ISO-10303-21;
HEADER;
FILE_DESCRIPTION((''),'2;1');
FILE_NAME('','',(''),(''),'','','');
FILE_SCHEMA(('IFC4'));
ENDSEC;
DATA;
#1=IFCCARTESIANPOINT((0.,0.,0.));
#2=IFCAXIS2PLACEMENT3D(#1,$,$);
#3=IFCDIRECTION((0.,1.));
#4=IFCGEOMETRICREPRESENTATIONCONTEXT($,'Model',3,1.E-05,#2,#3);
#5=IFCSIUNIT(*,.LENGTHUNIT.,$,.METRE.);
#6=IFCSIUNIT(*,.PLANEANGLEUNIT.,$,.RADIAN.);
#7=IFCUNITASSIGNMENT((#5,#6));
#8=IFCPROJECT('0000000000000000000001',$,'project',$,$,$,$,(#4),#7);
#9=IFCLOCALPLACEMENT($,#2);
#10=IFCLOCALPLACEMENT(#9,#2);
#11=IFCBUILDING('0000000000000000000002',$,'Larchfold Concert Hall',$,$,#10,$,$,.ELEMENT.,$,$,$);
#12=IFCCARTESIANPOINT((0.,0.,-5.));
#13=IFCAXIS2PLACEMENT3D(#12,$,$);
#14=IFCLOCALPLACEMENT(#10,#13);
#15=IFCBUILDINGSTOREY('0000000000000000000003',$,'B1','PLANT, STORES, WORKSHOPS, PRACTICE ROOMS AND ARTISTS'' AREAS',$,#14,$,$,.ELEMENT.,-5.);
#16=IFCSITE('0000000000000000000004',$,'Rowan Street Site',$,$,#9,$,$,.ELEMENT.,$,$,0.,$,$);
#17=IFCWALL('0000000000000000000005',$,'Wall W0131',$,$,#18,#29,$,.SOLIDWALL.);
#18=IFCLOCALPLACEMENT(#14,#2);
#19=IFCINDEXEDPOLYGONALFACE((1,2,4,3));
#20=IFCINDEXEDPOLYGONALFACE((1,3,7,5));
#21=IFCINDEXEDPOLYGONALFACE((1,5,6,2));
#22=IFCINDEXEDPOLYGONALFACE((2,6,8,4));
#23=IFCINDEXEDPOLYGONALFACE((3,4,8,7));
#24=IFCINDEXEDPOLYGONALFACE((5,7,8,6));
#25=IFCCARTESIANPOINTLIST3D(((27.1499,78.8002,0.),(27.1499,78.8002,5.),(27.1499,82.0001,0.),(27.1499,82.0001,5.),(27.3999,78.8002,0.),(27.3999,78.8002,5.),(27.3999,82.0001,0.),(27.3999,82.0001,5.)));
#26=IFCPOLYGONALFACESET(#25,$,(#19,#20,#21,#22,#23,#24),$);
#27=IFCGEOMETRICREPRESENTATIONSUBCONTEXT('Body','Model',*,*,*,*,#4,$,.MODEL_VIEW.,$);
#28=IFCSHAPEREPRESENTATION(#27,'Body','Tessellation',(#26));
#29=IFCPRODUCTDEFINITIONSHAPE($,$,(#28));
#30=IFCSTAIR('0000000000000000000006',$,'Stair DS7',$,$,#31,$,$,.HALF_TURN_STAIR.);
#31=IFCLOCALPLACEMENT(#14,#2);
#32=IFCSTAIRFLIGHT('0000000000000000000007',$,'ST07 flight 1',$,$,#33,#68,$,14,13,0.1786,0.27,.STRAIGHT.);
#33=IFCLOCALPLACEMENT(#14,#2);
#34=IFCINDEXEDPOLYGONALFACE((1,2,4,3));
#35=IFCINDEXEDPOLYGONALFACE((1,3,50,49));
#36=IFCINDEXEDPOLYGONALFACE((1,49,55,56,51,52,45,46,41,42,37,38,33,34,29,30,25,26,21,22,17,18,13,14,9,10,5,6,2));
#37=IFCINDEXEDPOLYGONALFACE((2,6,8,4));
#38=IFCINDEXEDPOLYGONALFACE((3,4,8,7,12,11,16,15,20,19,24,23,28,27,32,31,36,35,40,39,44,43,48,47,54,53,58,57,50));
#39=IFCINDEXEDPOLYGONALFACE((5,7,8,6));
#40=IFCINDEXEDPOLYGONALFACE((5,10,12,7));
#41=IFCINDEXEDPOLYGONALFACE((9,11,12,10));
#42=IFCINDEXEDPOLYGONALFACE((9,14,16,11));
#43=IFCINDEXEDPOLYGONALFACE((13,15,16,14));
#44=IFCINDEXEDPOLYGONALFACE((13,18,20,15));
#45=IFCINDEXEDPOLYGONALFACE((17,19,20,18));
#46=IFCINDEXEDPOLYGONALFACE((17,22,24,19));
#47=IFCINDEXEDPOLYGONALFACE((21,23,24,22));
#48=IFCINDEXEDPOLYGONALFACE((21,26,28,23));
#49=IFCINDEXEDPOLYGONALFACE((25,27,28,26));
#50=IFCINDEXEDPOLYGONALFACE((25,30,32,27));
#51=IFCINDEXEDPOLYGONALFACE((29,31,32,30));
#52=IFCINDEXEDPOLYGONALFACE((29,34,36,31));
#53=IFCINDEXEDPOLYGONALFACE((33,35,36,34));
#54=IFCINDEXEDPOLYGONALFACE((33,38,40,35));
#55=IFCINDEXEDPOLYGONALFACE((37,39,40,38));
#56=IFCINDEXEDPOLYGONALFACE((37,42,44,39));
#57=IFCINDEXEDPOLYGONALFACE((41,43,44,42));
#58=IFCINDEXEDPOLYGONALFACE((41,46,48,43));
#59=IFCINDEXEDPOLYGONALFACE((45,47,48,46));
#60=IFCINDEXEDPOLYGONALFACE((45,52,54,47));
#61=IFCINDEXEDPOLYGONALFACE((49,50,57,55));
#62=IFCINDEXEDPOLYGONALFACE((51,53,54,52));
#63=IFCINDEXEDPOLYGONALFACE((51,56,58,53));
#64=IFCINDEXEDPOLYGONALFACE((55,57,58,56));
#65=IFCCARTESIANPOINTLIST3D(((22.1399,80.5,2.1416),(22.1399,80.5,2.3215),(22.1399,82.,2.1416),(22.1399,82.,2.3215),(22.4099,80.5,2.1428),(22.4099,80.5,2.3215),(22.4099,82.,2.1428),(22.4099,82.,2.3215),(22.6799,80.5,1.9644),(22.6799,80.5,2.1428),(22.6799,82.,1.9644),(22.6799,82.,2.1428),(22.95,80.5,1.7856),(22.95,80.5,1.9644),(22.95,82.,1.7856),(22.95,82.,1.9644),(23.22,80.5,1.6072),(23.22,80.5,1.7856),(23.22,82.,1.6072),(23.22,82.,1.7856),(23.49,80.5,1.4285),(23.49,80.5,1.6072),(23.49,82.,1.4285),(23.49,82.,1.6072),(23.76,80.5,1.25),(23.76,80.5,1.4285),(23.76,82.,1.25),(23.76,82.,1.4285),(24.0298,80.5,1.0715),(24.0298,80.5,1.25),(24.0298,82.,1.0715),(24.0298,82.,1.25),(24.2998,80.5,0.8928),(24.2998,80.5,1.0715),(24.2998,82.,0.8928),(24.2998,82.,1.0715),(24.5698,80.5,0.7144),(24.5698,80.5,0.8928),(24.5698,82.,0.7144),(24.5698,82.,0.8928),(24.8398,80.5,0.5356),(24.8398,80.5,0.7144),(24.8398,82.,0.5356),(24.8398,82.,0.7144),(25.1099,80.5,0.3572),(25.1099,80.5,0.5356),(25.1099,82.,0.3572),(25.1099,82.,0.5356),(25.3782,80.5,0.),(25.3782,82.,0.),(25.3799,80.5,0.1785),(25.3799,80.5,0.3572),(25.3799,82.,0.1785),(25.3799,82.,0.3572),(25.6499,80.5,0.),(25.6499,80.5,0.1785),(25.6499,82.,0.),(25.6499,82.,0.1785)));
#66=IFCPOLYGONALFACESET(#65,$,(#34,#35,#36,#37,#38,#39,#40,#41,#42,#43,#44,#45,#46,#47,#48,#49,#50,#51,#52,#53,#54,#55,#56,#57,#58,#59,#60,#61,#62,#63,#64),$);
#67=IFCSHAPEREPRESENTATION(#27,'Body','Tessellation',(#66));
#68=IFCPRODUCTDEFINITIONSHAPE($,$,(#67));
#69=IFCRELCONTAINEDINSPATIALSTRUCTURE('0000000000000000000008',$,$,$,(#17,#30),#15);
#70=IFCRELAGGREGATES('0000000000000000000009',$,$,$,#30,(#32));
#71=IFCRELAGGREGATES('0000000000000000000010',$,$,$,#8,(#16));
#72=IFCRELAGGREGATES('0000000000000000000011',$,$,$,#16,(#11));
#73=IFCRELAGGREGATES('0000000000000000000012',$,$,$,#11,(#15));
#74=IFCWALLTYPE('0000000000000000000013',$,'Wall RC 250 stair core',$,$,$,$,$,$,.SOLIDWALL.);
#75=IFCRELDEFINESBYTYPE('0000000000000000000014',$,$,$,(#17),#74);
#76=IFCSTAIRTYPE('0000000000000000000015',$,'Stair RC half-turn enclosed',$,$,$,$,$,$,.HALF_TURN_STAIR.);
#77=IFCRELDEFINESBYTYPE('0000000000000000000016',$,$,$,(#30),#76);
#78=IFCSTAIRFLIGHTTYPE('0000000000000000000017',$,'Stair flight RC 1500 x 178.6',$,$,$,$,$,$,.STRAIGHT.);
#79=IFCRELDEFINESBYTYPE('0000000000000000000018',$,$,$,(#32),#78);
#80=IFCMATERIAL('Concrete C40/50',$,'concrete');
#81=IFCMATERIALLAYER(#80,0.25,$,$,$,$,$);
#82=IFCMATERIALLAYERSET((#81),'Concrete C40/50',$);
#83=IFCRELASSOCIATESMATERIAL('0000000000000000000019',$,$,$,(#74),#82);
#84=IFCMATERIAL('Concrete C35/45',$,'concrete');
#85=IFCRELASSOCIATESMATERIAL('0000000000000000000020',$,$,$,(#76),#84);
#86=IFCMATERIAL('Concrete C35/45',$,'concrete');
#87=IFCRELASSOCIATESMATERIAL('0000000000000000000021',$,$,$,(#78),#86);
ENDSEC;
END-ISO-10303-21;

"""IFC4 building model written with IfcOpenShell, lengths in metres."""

from ifc_helpers import new_model, si_unit, direction, frame, frame_2d, origin, place, context, subcontext, project, spatial, polyline, rectangle, outline, extrude, material, layer, layer_set, type_object, element, aggregate, save


model = new_model("IFC4")

# Units and contexts
model_context = context("Model", 3, precision=1e-05, world=origin(), true_north=direction((0.0, 1.0)))
body_context = subcontext(model_context, "Body", "Model", "MODEL_VIEW")
ifc_project = project(units=[si_unit("LENGTHUNIT", "METRE"), si_unit("PLANEANGLEUNIT", "RADIAN")], contexts=[model_context])

# Site, building, storey
site_placement = place(None, origin())
site = spatial("IfcSite", under=ifc_project, at=site_placement, Name="Rowan Street Site", CompositionType="ELEMENT", RefElevation=0.0)
building_placement = place(site_placement, origin())
building = spatial("IfcBuilding", under=site, at=building_placement, Name="Larchfold Concert Hall", CompositionType="ELEMENT")
storey_placement = place(building_placement, frame((0.0, 0.0, -5.0)))
storey = spatial("IfcBuildingStorey", under=building, at=storey_placement, Name="B1", Description="PLANT, STORES, WORKSHOPS, PRACTICE ROOMS AND ARTISTS' AREAS", CompositionType="ELEMENT", Elevation=-5.0)

# Wall
ifc_material_1 = material(Name="Concrete C40/50", Category="concrete")
ifc_layer_1 = layer(ifc_material_1, 0.25)
ifc_layer_set_1 = layer_set([ifc_layer_1], Name="Concrete C40/50")
wall_type_1 = type_object("IfcWallType", Name="Wall RC 250 stair core", PredefinedType="SOLIDWALL", material=ifc_layer_set_1)
wall_1_placement = place(storey_placement, frame((27.2749, 78.8, 0.0), z_axis=(0.0, 0.0, 1.0), x_axis=(0.0, 1.0, 0.0)))
element("IfcWall", 1, at=wall_1_placement, inside=storey, type_object=wall_type_1, Name="Wall W0131", PredefinedType="SOLIDWALL", context=body_context, shape_type="SweptSolid", body=[
    extrude(rectangle(XDim=3.2, YDim=0.25, at=frame_2d((1.6001, 0.0))), origin(), (0.0, 0.0, 1.0), 5.0),
])

# Stair, stair flight
ifc_material_2 = material(Name="Concrete C35/45", Category="concrete")
stair_type = type_object("IfcStairType", Name="Stair RC half-turn enclosed", PredefinedType="HALF_TURN_STAIR", material=ifc_material_2)
stair_placement = place(storey_placement, origin())
stair = element("IfcStair", 2, at=stair_placement, inside=storey, type_object=stair_type, Name="Stair DS7", PredefinedType="HALF_TURN_STAIR")
ifc_material_3 = material(Name="Concrete C35/45", Category="concrete")
stair_flight_type = type_object("IfcStairFlightType", Name="Stair flight RC 1500 x 178.6", PredefinedType="STRAIGHT", material=ifc_material_3)
stair_flight_placement = place(storey_placement, frame((25.6499, 81.25, 0.0), z_axis=(0.0, 0.0, 1.0), x_axis=(-1.0, 0.0, 0.0)))
stair_flight = element("IfcStairFlight", 3, at=stair_flight_placement, type_object=stair_flight_type, Name="ST07 flight 1", NumberOfRisers=14, NumberOfTreads=13, PredefinedType="STRAIGHT", RiserHeight=0.1786, TreadLength=0.27, context=body_context, shape_type="SweptSolid", body=[
    extrude(outline(polyline([(0.0, 0.0), (0.0, 0.1785), (0.27, 0.1785), (0.27, 0.3572), (0.54, 0.3572), (0.54, 0.5356), (0.8101, 0.5356), (0.8101, 0.7144), (1.0801, 0.7144), (1.0801, 0.8928), (1.3501, 0.8928), (1.3501, 1.0715), (1.6201, 1.0715), (1.6201, 1.25), (1.8899, 1.25), (1.8899, 1.4285), (2.1599, 1.4285), (2.1599, 1.6072), (2.4299, 1.6072), (2.4299, 1.7856), (2.7, 1.7856), (2.7, 1.9644), (2.97, 1.9644), (2.97, 2.1428), (3.24, 2.1428), (3.24, 2.3215), (3.51, 2.3215), (3.51, 2.5), (3.51, 2.1416), (0.2717, 0.0), (0.0, 0.0)])), frame((0.0, 0.75, 0.0), z_axis=(0.0, -1.0, 0.0), x_axis=(1.0, 0.0, 0.0)), (0.0, 0.0, 1.0), 1.5),
])
aggregate(stair, [stair_flight])

save(model, "model.ifc")
